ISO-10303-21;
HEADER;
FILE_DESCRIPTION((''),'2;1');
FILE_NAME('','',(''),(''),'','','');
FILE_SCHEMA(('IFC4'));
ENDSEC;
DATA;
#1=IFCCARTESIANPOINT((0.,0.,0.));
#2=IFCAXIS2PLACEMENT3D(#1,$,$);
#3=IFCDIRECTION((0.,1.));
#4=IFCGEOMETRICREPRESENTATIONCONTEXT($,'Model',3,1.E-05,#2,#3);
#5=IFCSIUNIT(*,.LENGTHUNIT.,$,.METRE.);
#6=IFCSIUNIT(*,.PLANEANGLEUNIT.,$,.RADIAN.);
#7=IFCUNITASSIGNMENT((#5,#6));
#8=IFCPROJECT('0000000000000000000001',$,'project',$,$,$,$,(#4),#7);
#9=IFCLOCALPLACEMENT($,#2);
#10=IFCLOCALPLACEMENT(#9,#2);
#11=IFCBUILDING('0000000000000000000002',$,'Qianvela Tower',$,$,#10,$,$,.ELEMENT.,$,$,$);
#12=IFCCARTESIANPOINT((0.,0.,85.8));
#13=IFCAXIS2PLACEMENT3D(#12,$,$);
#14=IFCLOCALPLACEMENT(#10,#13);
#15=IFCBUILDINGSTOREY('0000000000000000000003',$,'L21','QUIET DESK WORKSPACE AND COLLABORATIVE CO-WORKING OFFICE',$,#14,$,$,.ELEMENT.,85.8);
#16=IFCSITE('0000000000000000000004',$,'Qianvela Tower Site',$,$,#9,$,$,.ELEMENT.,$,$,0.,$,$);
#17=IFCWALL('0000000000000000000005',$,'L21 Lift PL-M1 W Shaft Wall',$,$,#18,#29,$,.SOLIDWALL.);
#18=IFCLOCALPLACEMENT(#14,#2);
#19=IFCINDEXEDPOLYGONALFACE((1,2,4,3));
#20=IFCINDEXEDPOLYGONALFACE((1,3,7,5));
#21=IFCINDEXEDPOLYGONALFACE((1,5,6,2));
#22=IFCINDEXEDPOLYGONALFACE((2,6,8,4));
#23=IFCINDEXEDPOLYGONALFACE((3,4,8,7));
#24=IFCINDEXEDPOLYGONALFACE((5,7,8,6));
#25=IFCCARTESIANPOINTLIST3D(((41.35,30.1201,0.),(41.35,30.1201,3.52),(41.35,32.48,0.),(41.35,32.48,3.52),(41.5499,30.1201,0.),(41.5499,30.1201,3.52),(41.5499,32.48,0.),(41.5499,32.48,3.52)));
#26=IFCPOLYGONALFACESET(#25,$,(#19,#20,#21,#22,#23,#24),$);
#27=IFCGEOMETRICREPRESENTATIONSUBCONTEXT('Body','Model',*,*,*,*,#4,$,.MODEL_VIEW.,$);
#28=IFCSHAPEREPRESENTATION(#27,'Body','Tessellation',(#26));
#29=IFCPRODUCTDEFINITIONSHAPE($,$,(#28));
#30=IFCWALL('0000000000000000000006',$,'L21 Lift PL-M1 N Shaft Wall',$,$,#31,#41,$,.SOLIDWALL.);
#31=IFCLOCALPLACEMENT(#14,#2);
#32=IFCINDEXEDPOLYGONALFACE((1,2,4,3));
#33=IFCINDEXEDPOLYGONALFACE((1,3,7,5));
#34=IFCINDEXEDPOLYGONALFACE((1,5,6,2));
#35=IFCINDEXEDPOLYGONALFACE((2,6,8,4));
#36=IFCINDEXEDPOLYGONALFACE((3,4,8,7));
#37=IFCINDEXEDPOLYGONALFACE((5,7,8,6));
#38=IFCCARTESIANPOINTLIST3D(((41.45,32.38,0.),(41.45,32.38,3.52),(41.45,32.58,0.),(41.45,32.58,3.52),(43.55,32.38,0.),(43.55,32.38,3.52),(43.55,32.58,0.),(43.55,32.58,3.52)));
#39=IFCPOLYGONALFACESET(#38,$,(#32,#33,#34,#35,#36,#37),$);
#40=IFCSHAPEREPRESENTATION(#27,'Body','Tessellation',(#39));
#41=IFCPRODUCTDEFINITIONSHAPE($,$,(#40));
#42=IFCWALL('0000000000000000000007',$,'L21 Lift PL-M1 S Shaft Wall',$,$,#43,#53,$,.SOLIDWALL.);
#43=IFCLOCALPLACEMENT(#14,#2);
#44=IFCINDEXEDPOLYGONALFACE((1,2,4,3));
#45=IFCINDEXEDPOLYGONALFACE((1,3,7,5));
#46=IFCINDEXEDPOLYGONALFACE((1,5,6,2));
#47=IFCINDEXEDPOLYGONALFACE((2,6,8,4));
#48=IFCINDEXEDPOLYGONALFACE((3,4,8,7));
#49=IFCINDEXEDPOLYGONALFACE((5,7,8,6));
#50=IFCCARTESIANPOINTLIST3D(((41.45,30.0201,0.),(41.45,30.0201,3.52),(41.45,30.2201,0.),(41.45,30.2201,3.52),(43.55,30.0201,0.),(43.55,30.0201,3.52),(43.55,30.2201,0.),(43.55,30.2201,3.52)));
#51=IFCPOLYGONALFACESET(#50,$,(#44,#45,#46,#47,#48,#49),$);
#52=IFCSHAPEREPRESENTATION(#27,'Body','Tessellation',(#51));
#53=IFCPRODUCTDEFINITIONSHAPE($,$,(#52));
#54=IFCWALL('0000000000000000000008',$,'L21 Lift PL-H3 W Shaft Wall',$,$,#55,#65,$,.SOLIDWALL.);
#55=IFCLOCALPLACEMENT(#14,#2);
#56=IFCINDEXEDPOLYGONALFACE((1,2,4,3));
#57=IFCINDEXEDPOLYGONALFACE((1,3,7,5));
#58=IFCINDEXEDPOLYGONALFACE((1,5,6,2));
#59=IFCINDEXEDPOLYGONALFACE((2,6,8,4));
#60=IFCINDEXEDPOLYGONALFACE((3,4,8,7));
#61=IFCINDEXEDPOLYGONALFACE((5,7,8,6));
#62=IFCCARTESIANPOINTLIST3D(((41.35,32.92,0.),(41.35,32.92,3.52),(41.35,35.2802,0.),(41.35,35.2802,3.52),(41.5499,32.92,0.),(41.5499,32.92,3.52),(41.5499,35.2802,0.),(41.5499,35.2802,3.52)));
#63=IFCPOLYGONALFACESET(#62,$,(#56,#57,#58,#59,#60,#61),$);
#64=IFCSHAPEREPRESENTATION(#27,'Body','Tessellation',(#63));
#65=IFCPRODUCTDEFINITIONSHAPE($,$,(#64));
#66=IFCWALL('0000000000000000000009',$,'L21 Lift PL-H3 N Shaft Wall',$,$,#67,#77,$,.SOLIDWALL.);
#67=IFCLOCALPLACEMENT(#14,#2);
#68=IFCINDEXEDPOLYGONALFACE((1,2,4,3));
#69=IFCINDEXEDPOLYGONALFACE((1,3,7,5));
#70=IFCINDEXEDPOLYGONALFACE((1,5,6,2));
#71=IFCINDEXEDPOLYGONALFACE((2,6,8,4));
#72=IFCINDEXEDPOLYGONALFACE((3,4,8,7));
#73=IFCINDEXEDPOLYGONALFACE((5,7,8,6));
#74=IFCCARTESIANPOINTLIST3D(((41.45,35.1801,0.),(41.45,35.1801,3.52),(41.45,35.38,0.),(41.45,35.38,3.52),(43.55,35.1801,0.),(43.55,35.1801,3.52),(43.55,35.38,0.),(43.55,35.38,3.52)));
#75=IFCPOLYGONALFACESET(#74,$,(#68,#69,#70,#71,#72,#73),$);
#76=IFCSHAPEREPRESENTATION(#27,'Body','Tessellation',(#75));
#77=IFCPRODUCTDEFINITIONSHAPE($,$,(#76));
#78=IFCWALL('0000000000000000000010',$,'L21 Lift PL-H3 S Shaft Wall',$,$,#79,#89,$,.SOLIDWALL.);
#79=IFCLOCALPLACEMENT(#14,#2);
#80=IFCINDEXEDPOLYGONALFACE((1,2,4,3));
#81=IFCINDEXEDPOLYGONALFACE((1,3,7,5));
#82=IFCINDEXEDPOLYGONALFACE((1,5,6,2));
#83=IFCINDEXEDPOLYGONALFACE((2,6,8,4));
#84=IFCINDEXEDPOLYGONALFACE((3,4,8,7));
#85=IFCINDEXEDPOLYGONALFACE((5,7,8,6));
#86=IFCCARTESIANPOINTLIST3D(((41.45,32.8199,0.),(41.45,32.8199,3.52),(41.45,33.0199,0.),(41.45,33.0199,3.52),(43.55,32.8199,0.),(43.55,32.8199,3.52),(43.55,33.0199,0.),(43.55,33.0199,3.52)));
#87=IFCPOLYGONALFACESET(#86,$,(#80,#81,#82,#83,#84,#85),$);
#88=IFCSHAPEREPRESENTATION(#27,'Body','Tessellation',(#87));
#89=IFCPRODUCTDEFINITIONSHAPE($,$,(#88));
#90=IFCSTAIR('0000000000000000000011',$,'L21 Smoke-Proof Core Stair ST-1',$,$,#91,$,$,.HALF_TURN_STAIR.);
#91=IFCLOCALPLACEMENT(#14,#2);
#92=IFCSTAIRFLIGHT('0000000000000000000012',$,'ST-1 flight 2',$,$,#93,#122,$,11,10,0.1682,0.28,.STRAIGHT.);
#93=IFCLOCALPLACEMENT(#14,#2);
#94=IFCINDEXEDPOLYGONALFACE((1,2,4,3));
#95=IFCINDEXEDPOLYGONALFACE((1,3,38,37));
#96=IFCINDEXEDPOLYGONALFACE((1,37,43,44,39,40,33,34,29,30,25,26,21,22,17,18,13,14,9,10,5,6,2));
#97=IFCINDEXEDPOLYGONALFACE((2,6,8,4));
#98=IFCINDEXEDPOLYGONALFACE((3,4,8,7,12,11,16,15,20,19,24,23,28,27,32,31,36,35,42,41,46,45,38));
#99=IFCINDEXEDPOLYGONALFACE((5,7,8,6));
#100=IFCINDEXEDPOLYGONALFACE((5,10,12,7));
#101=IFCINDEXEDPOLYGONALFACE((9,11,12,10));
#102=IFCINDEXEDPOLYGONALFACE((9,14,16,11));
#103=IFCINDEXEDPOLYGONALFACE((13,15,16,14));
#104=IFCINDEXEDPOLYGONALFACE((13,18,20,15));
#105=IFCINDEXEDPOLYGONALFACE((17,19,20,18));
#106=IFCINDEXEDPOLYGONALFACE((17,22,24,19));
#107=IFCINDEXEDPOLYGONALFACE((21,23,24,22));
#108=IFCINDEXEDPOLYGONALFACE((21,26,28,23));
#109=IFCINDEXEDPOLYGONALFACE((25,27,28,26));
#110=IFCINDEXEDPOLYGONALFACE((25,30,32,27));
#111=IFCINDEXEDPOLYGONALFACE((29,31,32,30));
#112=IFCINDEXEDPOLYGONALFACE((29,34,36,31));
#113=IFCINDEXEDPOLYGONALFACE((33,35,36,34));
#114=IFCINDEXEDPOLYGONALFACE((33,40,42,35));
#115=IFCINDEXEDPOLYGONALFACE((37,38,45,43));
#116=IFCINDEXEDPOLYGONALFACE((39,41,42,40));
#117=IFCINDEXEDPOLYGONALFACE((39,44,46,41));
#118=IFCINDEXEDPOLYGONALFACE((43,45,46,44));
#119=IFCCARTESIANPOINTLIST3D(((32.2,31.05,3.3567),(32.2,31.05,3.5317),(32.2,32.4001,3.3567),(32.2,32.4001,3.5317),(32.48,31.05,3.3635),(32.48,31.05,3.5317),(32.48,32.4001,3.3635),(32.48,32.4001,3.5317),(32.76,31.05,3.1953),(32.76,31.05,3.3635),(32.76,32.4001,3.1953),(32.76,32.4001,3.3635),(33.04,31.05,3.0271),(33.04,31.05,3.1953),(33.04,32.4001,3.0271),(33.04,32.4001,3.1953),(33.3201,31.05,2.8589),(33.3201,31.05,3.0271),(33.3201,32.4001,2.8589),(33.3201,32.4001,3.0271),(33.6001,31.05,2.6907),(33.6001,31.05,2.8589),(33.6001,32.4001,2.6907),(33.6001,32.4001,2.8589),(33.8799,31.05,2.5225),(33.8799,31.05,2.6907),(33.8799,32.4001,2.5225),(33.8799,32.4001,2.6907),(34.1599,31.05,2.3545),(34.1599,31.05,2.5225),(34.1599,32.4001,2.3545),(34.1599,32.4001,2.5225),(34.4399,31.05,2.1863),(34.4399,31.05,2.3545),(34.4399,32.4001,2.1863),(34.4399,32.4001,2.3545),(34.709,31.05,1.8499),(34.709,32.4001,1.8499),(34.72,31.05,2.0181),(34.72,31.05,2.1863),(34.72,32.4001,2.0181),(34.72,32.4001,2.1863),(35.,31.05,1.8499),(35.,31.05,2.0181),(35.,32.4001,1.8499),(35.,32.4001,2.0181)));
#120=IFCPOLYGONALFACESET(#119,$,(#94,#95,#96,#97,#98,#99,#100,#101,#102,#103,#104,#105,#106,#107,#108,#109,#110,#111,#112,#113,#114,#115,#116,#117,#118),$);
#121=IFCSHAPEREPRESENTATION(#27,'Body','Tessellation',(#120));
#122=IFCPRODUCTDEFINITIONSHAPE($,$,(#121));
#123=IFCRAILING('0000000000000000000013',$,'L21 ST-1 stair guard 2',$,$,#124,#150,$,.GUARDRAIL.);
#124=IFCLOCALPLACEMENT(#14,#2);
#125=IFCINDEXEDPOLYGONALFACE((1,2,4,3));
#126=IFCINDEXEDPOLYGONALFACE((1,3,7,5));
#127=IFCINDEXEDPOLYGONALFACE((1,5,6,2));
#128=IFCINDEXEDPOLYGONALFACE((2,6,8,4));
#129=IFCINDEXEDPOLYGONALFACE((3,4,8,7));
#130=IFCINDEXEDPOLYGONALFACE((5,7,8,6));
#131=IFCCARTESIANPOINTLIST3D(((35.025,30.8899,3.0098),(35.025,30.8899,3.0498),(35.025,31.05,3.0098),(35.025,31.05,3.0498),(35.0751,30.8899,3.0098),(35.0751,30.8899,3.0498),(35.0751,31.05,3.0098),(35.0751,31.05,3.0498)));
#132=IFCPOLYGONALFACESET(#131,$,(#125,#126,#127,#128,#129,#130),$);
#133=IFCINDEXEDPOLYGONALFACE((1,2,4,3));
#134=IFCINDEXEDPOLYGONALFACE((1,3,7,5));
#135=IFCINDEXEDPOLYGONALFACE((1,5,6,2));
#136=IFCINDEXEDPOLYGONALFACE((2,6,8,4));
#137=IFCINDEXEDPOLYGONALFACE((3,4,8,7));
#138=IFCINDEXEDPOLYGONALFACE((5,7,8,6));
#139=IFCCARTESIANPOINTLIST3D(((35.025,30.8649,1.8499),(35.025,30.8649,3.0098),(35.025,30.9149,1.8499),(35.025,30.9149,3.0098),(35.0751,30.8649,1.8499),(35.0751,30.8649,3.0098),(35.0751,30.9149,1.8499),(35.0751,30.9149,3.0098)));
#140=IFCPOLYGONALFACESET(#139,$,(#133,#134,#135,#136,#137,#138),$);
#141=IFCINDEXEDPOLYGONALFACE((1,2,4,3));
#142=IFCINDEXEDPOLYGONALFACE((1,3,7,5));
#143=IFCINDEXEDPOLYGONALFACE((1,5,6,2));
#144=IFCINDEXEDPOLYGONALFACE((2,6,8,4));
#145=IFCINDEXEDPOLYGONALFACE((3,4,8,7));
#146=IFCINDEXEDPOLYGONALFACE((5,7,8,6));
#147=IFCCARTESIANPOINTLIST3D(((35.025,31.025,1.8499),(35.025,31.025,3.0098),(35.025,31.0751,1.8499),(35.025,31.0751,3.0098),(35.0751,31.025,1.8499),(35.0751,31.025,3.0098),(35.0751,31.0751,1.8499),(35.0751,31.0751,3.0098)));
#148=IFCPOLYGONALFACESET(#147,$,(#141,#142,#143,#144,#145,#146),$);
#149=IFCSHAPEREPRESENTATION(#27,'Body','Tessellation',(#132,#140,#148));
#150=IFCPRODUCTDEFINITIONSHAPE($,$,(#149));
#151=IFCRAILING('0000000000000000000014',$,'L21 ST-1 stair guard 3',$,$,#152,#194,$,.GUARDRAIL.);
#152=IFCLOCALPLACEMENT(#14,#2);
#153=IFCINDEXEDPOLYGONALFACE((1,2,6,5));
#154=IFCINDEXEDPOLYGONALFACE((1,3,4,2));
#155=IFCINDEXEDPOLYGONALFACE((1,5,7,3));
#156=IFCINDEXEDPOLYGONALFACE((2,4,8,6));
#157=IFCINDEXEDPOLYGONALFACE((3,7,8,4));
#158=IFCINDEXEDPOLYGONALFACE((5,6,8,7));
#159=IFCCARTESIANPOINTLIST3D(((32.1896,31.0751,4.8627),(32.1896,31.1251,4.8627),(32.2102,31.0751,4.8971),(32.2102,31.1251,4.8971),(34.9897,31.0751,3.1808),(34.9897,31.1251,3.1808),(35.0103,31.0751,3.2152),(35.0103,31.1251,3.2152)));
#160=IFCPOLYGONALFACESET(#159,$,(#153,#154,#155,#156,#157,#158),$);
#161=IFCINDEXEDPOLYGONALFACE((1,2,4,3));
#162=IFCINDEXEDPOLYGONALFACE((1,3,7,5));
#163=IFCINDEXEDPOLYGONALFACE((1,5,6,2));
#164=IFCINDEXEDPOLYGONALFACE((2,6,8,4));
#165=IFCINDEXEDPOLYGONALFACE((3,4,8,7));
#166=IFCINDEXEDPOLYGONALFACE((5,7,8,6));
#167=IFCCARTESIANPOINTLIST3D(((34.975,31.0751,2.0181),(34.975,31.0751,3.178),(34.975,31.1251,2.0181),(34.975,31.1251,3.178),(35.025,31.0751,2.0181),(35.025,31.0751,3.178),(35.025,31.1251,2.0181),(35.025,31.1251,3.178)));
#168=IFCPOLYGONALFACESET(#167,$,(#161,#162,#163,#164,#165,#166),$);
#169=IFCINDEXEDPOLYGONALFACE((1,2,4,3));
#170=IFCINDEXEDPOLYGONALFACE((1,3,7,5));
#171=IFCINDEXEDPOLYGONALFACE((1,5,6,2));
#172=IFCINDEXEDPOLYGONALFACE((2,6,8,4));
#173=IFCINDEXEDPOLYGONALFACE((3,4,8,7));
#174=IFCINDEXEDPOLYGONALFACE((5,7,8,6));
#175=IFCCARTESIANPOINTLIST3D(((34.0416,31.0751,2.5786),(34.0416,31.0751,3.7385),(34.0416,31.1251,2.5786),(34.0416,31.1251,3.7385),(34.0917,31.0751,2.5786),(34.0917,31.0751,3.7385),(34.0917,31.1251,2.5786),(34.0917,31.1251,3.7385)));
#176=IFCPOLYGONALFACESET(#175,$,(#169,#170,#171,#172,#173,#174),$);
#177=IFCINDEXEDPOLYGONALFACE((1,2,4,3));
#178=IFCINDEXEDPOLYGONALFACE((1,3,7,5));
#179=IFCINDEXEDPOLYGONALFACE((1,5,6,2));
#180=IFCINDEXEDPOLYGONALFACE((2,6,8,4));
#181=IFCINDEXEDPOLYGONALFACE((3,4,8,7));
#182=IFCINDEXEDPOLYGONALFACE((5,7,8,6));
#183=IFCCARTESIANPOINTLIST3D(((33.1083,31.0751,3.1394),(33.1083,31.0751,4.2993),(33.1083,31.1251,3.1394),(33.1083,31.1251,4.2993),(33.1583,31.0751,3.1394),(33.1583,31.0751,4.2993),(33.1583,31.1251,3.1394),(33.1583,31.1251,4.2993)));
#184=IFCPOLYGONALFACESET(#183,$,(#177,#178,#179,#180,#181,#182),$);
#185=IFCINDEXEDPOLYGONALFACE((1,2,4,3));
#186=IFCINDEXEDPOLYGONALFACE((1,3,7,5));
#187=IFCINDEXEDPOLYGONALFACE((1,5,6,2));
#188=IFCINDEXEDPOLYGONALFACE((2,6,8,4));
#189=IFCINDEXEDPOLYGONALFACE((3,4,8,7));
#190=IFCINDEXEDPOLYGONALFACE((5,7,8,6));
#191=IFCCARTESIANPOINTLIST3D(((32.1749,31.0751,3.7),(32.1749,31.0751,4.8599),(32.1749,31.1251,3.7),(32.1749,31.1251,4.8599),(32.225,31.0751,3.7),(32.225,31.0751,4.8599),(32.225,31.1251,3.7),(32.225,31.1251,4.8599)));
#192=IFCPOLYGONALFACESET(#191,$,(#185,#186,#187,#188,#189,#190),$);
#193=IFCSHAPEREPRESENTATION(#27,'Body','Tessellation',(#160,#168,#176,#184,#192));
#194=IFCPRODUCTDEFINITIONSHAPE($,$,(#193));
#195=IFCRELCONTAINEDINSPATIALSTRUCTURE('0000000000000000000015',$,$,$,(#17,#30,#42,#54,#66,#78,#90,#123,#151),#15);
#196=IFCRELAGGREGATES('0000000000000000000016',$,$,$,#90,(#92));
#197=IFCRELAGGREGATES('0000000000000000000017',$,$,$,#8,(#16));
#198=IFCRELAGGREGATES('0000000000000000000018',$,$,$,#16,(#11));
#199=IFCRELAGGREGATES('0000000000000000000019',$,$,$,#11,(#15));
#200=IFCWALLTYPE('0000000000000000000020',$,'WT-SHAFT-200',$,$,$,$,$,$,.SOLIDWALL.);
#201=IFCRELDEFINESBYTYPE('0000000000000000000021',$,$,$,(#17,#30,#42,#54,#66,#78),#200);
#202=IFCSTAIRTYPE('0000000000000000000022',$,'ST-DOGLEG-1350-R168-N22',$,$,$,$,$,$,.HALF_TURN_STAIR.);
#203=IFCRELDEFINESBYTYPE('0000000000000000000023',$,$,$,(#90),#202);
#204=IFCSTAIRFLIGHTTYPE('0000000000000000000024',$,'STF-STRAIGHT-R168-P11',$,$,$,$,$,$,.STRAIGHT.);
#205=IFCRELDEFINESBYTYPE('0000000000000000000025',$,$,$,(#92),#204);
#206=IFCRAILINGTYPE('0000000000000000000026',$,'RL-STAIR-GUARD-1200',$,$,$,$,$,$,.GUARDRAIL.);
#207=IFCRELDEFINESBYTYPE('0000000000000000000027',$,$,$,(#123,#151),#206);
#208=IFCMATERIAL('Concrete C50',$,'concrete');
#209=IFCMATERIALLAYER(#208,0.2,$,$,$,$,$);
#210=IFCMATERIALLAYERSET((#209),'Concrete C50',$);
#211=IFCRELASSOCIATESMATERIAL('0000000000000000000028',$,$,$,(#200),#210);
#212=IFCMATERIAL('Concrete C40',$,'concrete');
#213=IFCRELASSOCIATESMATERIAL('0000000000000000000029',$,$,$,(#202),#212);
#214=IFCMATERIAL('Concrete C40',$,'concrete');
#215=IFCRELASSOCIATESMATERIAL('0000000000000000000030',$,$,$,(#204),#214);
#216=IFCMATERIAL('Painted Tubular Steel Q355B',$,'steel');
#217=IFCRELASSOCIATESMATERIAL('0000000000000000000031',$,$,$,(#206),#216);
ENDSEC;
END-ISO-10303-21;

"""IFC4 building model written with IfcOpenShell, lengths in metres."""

from ifc_helpers import new_model, si_unit, direction, frame, frame_2d, origin, origin_2d, place, context, subcontext, project, spatial, polyline, rectangle, outline, extrude, material, layer, layer_set, type_object, element, aggregate, save


model = new_model("IFC4")

# Units and contexts
model_context = context("Model", 3, precision=1e-05, world=origin(), true_north=direction((0.0, 1.0)))
body_context = subcontext(model_context, "Body", "Model", "MODEL_VIEW")
ifc_project = project(units=[si_unit("LENGTHUNIT", "METRE"), si_unit("PLANEANGLEUNIT", "RADIAN")], contexts=[model_context])

# Site, building, storey
site_placement = place(None, origin())
site = spatial("IfcSite", under=ifc_project, at=site_placement, Name="Qianvela Tower Site", CompositionType="ELEMENT", RefElevation=0.0)
building_placement = place(site_placement, origin())
building = spatial("IfcBuilding", under=site, at=building_placement, Name="Qianvela Tower", CompositionType="ELEMENT")
storey_placement = place(building_placement, frame((0.0, 0.0, 85.8)))
storey = spatial("IfcBuildingStorey", under=building, at=storey_placement, Name="L21", Description="QUIET DESK WORKSPACE AND COLLABORATIVE CO-WORKING OFFICE", CompositionType="ELEMENT", Elevation=85.8)

# Shared definitions
ifc_material_1 = material(Name="Concrete C50", Category="concrete")
ifc_layer_1 = layer(ifc_material_1, 0.2)
ifc_layer_set_1 = layer_set([ifc_layer_1], Name="Concrete C50")
wall_type_1 = type_object("IfcWallType", Name="WT-SHAFT-200", PredefinedType="SOLIDWALL", material=ifc_layer_set_1)

# Walls
wall_1_placement = place(storey_placement, frame((41.45, 30.1201, 0.0), z_axis=(0.0, 0.0, 1.0), x_axis=(0.0, 1.0, 0.0)))
element("IfcWall", 1, at=wall_1_placement, inside=storey, type_object=wall_type_1, Name="L21 Lift PL-M1 W Shaft Wall", PredefinedType="SOLIDWALL", context=body_context, shape_type="SweptSolid", body=[
    extrude(rectangle(XDim=2.3599, YDim=0.2, at=frame_2d((1.1799, 0.0))), origin(), (0.0, 0.0, 1.0), 3.52),
])
for number, where, z_axis, x_axis, name in (
    (2, (41.45, 32.48, 0.0), (0.0, 0.0, 1.0), (1.0, 0.0, 0.0), "L21 Lift PL-M1 N Shaft Wall"),
    (3, (41.45, 30.1201, 0.0), (0.0, 0.0, 1.0), (1.0, 0.0, 0.0), "L21 Lift PL-M1 S Shaft Wall"),
):
    element("IfcWall", number, at=place(storey_placement, frame(where, z_axis=z_axis, x_axis=x_axis)), inside=storey, type_object=wall_type_1, Name=name, PredefinedType="SOLIDWALL", context=body_context, shape_type="SweptSolid", body=[
        extrude(rectangle(XDim=2.1001, YDim=0.2, at=frame_2d((1.05, 0.0))), origin(), (0.0, 0.0, 1.0), 3.52),
    ])
wall_2_placement = place(storey_placement, frame((41.45, 32.9199, 0.0), z_axis=(0.0, 0.0, 1.0), x_axis=(0.0, 1.0, 0.0)))
element("IfcWall", 4, at=wall_2_placement, inside=storey, type_object=wall_type_1, Name="L21 Lift PL-H3 W Shaft Wall", PredefinedType="SOLIDWALL", context=body_context, shape_type="SweptSolid", body=[
    extrude(rectangle(XDim=2.3601, YDim=0.2, at=frame_2d((1.1802, 0.0))), origin(), (0.0, 0.0, 1.0), 3.52),
])
for number, where, z_axis, x_axis, name in (
    (5, (41.45, 35.28, 0.0), (0.0, 0.0, 1.0), (1.0, 0.0, 0.0), "L21 Lift PL-H3 N Shaft Wall"),
    (6, (41.45, 32.9199, 0.0), (0.0, 0.0, 1.0), (1.0, 0.0, 0.0), "L21 Lift PL-H3 S Shaft Wall"),
):
    element("IfcWall", number, at=place(storey_placement, frame(where, z_axis=z_axis, x_axis=x_axis)), inside=storey, type_object=wall_type_1, Name=name, PredefinedType="SOLIDWALL", context=body_context, shape_type="SweptSolid", body=[
        extrude(rectangle(XDim=2.1001, YDim=0.2, at=frame_2d((1.05, 0.0))), origin(), (0.0, 0.0, 1.0), 3.52),
    ])

# Stair, stair flight
ifc_material_2 = material(Name="Concrete C40", Category="concrete")
stair_type = type_object("IfcStairType", Name="ST-DOGLEG-1350-R168-N22", PredefinedType="HALF_TURN_STAIR", material=ifc_material_2)
stair_placement = place(storey_placement, origin())
stair = element("IfcStair", 7, at=stair_placement, inside=storey, type_object=stair_type, Name="L21 Smoke-Proof Core Stair ST-1", PredefinedType="HALF_TURN_STAIR")
ifc_material_3 = material(Name="Concrete C40", Category="concrete")
stair_flight_type = type_object("IfcStairFlightType", Name="STF-STRAIGHT-R168-P11", PredefinedType="STRAIGHT", material=ifc_material_3)
stair_flight_placement = place(storey_placement, frame((35.0, 31.7251, 1.8499), z_axis=(0.0, 0.0, 1.0), x_axis=(-1.0, 0.0, 0.0)))
stair_flight = element("IfcStairFlight", 8, at=stair_flight_placement, type_object=stair_flight_type, Name="ST-1 flight 2", NumberOfRisers=11, NumberOfTreads=10, PredefinedType="STRAIGHT", RiserHeight=0.1682, TreadLength=0.28, context=body_context, shape_type="SweptSolid", body=[
    extrude(outline(polyline([(0.0, 0.0), (0.0, 0.1682), (0.28, 0.1682), (0.28, 0.3364), (0.5601, 0.3364), (0.5601, 0.5046), (0.8401, 0.5046), (0.8401, 0.6726), (1.1201, 0.6726), (1.1201, 0.8408), (1.3999, 0.8408), (1.3999, 1.009), (1.6799, 1.009), (1.6799, 1.1772), (1.96, 1.1772), (1.96, 1.3455), (2.24, 1.3455), (2.24, 1.5137), (2.52, 1.5137), (2.52, 1.6819), (2.8, 1.6819), (2.8, 1.8501), (2.8, 1.5068), (0.291, 0.0), (0.0, 0.0)])), frame((0.0, 0.675, 0.0), z_axis=(0.0, -1.0, 0.0), x_axis=(1.0, 0.0, 0.0)), (0.0, 0.0, 1.0), 1.3501),
])
aggregate(stair, [stair_flight])

# Railings
ifc_material_4 = material(Name="Painted Tubular Steel Q355B", Category="steel")
railing_type_1 = type_object("IfcRailingType", Name="RL-STAIR-GUARD-1200", PredefinedType="GUARDRAIL", material=ifc_material_4)
railing_1_placement = place(storey_placement, frame((35.05, 30.8899, 1.8499)))
element("IfcRailing", 9, at=railing_1_placement, inside=storey, type_object=railing_type_1, Name="L21 ST-1 stair guard 2", PredefinedType="GUARDRAIL", context=body_context, shape_type="SweptSolid", body=[
    extrude(rectangle(XDim=0.05, YDim=0.04, at=origin_2d()), frame((0.0, 0.0, 1.1799), z_axis=(0.0, 1.0, 0.0), x_axis=(-1.0, 0.0, 0.0)), (0.0, 0.0, 1.0), 0.1602),
    extrude(rectangle(XDim=0.05, YDim=0.05, at=origin_2d()), origin(), (0.0, 0.0, 1.0), 1.1599),
    extrude(rectangle(XDim=0.05, YDim=0.05, at=origin_2d()), frame((0.0, 0.1602, 0.0)), (0.0, 0.0, 1.0), 1.1599),
])
railing_2_placement = place(storey_placement, frame((35.0, 31.1001, 2.0181)))
element("IfcRailing", 10, at=railing_2_placement, inside=storey, type_object=railing_type_1, Name="L21 ST-1 stair guard 3", PredefinedType="GUARDRAIL", context=body_context, shape_type="SweptSolid", body=[
    extrude(rectangle(XDim=0.05, YDim=0.04, at=origin_2d()), frame((0.0, 0.0, 1.1799), z_axis=(-0.857242, 0.0, 0.514913), x_axis=(0.0, -1.0, 0.0)), (0.0, 0.0, 1.0), 3.2664),
    extrude(rectangle(XDim=0.05, YDim=0.05, at=origin_2d()), origin(), (0.0, 0.0, 1.0), 1.1599),
    extrude(rectangle(XDim=0.05, YDim=0.05, at=origin_2d()), frame((-0.9333, 0.0, 0.5605)), (0.0, 0.0, 1.0), 1.1599),
    extrude(rectangle(XDim=0.05, YDim=0.05, at=origin_2d()), frame((-1.8667, 0.0, 1.1213)), (0.0, 0.0, 1.0), 1.1599),
    extrude(rectangle(XDim=0.05, YDim=0.05, at=origin_2d()), frame((-2.8, 0.0, 1.6819)), (0.0, 0.0, 1.0), 1.1599),
])

save(model, "model.ifc")
